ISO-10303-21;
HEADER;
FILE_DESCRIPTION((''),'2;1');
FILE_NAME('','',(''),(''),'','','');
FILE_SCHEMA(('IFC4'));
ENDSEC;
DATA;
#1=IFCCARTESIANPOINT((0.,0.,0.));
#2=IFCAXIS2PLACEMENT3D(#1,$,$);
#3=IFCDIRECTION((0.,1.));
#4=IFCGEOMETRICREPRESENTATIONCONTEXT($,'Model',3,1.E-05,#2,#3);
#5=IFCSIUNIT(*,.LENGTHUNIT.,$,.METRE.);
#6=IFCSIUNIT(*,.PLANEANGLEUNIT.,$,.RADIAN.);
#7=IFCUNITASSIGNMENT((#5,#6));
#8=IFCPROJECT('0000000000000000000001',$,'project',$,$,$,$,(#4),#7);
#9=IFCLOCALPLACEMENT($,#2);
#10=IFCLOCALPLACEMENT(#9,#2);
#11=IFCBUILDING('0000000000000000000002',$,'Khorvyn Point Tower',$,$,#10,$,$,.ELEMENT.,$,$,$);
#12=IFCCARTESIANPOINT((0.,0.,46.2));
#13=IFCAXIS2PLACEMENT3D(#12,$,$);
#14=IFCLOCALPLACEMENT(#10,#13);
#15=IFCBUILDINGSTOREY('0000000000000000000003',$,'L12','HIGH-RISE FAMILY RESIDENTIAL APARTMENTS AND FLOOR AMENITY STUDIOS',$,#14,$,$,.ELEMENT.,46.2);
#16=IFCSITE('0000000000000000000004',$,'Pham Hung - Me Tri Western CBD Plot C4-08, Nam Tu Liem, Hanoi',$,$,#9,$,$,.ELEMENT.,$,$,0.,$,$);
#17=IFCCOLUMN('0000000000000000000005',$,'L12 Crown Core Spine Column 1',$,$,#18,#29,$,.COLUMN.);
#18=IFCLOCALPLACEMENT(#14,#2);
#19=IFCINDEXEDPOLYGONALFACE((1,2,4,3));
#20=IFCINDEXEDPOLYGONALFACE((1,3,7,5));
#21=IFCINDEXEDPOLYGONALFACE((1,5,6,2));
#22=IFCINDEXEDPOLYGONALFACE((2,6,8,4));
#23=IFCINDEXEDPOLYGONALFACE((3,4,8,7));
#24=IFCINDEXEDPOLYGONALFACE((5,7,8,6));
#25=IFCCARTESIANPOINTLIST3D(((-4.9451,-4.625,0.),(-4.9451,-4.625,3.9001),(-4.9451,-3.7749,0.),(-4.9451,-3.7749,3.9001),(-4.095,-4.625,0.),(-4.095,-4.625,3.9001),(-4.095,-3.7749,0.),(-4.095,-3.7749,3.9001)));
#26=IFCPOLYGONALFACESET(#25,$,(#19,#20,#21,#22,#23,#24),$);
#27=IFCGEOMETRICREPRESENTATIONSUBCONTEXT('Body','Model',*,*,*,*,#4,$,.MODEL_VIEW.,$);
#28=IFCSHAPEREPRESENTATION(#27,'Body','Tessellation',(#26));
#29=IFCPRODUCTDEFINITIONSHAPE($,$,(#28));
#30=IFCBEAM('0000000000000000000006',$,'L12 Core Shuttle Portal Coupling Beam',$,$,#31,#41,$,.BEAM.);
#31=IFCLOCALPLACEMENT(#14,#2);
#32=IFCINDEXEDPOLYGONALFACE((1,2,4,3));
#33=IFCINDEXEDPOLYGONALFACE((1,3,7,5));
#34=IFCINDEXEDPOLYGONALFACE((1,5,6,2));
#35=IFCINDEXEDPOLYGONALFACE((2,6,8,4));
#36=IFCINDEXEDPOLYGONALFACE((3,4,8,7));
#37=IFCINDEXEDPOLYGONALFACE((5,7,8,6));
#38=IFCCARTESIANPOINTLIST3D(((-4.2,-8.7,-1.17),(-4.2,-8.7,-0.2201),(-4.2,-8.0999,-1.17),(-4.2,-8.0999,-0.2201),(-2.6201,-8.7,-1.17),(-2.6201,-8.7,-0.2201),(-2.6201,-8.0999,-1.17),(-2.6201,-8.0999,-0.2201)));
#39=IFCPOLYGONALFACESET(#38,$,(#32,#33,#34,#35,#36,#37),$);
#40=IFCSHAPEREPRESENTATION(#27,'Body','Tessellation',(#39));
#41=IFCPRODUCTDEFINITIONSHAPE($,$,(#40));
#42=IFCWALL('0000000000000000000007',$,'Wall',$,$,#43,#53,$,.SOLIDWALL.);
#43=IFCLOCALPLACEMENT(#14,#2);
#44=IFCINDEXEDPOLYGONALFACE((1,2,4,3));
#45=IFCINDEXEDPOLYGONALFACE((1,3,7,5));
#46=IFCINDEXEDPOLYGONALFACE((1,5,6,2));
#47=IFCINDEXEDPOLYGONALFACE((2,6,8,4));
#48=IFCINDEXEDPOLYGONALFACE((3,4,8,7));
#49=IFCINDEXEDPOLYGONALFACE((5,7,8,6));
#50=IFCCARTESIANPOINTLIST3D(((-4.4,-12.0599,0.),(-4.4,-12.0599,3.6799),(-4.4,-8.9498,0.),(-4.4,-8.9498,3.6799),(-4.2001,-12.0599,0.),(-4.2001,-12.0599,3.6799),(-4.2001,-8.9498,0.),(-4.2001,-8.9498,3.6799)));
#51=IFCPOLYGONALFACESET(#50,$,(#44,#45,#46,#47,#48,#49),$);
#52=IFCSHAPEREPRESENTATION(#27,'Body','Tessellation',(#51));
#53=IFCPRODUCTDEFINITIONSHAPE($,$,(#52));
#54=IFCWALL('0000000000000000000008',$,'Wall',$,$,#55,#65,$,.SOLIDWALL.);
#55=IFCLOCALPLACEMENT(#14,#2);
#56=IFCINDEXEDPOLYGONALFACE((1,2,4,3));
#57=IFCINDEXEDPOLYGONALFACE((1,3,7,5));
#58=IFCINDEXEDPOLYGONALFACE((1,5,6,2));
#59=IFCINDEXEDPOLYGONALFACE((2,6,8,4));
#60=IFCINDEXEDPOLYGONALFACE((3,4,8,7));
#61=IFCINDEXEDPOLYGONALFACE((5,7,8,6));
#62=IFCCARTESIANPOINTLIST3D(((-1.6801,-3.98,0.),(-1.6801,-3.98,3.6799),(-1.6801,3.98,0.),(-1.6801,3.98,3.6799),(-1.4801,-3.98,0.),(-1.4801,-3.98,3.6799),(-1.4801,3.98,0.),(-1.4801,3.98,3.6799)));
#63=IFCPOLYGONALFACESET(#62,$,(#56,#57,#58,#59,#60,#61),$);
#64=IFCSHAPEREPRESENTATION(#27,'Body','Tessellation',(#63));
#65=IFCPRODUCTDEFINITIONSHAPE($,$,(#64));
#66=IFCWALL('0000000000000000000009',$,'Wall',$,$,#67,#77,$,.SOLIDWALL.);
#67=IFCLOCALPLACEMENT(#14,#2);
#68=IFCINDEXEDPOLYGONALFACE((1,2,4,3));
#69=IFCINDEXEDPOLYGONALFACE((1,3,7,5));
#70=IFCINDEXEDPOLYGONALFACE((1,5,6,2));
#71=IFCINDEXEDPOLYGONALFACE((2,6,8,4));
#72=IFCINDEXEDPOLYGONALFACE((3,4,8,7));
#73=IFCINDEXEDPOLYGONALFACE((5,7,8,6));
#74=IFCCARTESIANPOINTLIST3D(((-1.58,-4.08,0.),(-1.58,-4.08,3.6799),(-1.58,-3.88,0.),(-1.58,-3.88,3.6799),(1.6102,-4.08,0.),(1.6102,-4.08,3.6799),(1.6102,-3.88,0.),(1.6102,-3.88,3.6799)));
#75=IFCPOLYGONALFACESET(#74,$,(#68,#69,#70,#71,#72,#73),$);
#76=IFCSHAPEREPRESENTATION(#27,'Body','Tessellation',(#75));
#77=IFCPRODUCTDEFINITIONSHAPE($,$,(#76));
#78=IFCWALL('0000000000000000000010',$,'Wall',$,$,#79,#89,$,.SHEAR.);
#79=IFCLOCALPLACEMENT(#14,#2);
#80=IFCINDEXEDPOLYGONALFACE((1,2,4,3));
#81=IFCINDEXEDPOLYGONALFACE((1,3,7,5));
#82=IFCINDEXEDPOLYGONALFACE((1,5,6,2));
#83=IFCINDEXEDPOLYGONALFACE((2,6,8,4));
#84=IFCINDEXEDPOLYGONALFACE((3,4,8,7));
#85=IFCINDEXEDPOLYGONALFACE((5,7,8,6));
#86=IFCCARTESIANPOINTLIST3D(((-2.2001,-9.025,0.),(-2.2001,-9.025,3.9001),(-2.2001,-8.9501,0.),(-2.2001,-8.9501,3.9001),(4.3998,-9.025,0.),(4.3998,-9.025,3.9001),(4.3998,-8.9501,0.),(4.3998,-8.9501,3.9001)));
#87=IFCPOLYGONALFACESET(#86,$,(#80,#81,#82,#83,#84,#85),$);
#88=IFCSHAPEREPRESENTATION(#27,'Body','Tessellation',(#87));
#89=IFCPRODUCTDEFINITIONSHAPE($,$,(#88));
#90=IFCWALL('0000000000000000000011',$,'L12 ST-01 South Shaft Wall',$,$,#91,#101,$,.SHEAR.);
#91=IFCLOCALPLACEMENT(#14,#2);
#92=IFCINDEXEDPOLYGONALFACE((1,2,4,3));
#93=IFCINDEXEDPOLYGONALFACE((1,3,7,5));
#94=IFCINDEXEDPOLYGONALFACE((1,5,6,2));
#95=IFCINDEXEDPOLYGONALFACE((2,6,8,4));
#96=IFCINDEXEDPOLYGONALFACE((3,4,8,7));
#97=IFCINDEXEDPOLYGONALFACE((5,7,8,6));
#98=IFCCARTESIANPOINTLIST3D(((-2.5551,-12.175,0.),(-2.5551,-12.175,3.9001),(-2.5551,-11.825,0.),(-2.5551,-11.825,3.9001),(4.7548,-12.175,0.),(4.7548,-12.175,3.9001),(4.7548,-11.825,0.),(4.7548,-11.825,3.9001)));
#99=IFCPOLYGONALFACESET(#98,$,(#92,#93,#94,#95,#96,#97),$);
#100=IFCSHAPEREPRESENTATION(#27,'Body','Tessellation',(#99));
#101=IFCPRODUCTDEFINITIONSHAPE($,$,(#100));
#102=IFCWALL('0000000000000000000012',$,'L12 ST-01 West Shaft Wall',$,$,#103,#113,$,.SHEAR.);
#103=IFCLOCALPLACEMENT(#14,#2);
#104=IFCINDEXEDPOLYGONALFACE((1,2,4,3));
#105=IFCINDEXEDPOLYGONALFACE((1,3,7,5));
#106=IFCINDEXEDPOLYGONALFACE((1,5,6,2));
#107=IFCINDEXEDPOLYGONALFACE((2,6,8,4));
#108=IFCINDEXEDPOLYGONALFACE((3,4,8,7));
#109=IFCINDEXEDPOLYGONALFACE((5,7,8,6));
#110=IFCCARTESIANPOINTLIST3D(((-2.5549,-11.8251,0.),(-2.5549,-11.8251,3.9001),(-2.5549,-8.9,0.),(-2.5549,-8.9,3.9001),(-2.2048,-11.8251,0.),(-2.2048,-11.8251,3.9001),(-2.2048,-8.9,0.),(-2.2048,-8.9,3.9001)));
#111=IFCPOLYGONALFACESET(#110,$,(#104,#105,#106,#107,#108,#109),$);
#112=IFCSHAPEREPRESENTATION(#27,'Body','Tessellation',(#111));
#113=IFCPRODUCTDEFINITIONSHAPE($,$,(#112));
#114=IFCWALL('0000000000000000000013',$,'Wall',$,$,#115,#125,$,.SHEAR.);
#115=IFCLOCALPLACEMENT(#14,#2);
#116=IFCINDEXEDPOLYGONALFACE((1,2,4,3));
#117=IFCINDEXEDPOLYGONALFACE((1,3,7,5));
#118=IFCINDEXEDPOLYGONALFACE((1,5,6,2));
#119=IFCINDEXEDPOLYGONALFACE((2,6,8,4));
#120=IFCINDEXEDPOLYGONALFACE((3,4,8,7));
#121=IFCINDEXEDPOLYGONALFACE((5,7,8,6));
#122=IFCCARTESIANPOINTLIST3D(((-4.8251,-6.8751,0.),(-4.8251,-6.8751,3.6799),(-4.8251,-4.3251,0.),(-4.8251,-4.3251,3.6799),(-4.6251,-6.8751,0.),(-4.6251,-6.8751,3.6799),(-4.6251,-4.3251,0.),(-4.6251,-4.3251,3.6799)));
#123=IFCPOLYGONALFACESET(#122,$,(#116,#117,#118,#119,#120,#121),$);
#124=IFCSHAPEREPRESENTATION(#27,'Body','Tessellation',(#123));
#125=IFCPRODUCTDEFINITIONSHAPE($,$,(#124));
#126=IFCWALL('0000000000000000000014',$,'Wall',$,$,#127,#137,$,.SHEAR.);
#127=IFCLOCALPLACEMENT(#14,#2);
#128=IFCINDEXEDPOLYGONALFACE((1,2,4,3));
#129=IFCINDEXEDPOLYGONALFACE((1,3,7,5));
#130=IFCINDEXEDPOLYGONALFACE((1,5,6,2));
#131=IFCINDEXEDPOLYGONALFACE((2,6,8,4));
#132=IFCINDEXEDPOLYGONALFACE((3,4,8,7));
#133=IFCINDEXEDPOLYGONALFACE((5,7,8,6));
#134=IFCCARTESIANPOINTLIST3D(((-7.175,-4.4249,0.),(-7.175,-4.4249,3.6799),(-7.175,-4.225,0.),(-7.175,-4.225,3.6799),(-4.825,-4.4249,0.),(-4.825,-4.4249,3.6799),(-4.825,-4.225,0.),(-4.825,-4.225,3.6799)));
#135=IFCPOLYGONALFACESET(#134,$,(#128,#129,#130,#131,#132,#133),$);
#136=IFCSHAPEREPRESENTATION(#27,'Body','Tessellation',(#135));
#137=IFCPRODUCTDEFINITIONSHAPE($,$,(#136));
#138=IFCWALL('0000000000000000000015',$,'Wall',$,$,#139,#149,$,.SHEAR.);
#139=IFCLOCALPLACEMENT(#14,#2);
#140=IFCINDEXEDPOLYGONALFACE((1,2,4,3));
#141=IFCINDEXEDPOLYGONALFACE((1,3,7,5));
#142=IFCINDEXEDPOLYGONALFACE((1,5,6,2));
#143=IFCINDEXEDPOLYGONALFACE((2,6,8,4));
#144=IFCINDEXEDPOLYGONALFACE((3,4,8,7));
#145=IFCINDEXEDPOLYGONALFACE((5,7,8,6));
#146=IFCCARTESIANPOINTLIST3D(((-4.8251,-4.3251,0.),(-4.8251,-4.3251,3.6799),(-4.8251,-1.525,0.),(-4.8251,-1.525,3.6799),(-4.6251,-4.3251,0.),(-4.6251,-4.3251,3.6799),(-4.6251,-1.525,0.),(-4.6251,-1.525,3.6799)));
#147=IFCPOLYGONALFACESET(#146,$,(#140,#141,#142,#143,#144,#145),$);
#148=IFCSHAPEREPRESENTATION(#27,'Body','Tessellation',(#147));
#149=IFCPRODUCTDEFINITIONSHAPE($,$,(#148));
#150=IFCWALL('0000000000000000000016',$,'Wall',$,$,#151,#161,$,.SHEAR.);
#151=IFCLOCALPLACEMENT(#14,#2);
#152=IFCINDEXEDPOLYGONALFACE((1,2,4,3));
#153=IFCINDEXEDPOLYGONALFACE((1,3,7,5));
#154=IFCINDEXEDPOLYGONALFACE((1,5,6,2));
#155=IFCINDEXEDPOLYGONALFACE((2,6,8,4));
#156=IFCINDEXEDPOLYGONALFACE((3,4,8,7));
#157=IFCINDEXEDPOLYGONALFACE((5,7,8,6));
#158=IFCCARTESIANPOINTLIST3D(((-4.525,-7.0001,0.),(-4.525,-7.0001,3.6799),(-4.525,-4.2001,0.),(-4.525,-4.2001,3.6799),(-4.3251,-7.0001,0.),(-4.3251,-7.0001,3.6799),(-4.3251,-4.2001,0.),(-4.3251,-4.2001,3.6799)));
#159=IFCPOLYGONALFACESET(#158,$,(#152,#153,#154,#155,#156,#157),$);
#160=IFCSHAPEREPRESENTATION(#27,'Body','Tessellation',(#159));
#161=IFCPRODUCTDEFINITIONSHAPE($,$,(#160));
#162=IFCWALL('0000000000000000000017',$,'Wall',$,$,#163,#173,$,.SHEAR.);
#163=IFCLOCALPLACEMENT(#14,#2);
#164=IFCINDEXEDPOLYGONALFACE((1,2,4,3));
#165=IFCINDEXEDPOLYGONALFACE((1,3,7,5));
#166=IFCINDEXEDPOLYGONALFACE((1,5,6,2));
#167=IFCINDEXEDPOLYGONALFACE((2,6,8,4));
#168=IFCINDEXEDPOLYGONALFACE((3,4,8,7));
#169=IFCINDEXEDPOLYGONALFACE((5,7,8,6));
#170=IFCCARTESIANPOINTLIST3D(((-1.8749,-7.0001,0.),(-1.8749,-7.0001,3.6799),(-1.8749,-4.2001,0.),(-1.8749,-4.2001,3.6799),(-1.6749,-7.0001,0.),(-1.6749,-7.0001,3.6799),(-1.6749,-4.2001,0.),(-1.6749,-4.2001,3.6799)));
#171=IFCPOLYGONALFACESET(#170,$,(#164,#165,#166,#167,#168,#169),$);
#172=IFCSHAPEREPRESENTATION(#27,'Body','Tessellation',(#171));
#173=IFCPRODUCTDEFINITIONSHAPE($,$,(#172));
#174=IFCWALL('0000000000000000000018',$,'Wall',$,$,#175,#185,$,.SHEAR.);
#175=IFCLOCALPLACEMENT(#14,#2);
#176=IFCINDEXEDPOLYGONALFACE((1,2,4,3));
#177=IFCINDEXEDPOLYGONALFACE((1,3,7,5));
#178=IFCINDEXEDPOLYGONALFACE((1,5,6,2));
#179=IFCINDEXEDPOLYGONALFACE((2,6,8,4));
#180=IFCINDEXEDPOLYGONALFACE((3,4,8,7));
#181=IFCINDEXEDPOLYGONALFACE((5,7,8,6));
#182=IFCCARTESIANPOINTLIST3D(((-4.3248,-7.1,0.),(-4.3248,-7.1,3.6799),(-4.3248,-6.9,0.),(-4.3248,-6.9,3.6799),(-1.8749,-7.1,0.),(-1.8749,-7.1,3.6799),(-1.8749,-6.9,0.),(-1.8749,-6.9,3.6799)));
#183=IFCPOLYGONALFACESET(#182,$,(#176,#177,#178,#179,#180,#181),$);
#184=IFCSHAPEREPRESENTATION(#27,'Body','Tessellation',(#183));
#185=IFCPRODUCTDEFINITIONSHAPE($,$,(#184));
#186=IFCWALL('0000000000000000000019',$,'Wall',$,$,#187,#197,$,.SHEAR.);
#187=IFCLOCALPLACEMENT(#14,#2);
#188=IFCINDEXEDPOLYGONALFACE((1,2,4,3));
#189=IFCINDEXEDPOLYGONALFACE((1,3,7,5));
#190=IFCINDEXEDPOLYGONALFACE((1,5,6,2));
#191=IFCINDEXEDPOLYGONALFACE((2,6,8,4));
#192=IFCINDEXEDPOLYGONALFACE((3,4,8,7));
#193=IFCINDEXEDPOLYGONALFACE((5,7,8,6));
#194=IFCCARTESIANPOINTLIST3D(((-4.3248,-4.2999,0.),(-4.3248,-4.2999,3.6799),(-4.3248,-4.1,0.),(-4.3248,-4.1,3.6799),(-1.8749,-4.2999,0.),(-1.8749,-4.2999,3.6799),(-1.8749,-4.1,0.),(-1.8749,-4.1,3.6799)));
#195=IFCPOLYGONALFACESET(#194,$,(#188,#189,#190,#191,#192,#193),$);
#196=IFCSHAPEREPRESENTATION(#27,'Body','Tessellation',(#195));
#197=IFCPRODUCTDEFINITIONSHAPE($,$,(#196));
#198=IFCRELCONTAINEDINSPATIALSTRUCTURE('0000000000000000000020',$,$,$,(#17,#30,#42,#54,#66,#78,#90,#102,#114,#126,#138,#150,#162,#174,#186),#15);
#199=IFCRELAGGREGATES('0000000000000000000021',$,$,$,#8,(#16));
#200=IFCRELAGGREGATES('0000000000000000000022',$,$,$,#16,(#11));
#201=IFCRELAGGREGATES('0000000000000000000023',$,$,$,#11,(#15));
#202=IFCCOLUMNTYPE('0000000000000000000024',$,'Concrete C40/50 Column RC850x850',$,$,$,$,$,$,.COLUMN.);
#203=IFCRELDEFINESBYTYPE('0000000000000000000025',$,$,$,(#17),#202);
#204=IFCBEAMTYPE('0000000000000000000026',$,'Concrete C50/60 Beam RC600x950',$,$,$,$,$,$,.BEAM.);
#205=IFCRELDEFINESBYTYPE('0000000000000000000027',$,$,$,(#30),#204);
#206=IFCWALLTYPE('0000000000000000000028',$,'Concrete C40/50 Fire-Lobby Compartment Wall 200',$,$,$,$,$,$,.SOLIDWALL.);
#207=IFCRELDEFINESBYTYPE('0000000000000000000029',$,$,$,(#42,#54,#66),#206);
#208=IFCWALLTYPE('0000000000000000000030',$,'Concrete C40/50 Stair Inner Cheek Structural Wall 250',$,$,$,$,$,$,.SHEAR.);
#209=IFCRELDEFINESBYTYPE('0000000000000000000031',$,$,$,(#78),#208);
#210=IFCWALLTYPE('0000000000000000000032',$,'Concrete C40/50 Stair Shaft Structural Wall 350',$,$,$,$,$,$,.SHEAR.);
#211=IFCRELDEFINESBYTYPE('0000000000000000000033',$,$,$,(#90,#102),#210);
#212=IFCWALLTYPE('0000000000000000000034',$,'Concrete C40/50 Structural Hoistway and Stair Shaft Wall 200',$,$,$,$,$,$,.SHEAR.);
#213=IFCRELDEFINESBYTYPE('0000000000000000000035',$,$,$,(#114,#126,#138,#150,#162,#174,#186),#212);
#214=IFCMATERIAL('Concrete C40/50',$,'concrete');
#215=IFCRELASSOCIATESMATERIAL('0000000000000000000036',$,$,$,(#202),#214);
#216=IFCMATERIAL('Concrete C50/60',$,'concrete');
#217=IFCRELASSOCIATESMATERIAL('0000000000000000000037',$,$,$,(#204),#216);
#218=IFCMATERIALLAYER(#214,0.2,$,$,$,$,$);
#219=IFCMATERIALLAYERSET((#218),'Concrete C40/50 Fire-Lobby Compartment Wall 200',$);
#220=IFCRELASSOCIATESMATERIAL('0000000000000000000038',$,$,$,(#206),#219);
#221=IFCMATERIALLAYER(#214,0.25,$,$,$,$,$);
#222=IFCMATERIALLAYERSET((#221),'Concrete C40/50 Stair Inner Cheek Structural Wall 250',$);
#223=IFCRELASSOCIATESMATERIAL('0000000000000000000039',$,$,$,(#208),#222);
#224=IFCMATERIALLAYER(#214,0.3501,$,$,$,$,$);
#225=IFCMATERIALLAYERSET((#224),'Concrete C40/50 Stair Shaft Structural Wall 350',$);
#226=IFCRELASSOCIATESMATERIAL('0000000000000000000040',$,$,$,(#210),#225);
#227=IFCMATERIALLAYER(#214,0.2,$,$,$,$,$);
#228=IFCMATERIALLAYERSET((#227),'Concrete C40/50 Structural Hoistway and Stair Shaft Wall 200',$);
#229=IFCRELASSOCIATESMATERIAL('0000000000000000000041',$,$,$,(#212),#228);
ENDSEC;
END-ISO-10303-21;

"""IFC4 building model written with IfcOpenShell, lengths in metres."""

from ifc_helpers import new_model, si_unit, direction, frame, frame_2d, origin, origin_2d, place, context, subcontext, project, spatial, rectangle, extrude, material, layer, layer_set, material_profile, profile_set, type_object, element, save


model = new_model("IFC4")

# Units and contexts
model_context = context("Model", 3, precision=1e-05, world=origin(), true_north=direction((0.0, 1.0)))
body_context = subcontext(model_context, "Body", "Model", "MODEL_VIEW")
ifc_project = project(units=[si_unit("LENGTHUNIT", "METRE"), si_unit("PLANEANGLEUNIT", "RADIAN")], contexts=[model_context])

# Site, building, storey
site_placement = place(None, origin())
site = spatial("IfcSite", under=ifc_project, at=site_placement, Name="Pham Hung - Me Tri Western CBD Plot C4-08, Nam Tu Liem, Hanoi", CompositionType="ELEMENT", RefElevation=0.0)
building_placement = place(site_placement, origin())
building = spatial("IfcBuilding", under=site, at=building_placement, Name="Khorvyn Point Tower", CompositionType="ELEMENT")
storey_placement = place(building_placement, frame((0.0, 0.0, 46.2)))
storey = spatial("IfcBuildingStorey", under=building, at=storey_placement, Name="L12", Description="HIGH-RISE FAMILY RESIDENTIAL APARTMENTS AND FLOOR AMENITY STUDIOS", CompositionType="ELEMENT", Elevation=46.2)

# Column
ifc_material_1 = material(Name="Concrete C40/50", Category="concrete")
ifc_material_profile_1 = material_profile(ifc_material_1, rectangle(XDim=0.8501, YDim=0.8501, at=origin_2d()))
ifc_profile_set_1 = profile_set([ifc_material_profile_1], Name="Concrete C40/50 RC850x850")
column_type = type_object("IfcColumnType", Name="Concrete C40/50 Column RC850x850", PredefinedType="COLUMN", material=ifc_profile_set_1)
column_placement = place(storey_placement, frame((-4.52, -4.2, 0.0), z_axis=(0.0, 0.0, 1.0), x_axis=(1.0, 0.0, 0.0)))
element("IfcColumn", 1, at=column_placement, inside=storey, type_object=column_type, Name="L12 Crown Core Spine Column 1", PredefinedType="COLUMN", context=body_context, shape_type="SweptSolid", body=[
    extrude(rectangle(XDim=0.8501, YDim=0.8501, at=origin_2d()), origin(), (0.0, 0.0, 1.0), 3.9001),
])

# Beam
ifc_material_2 = material(Name="Concrete C50/60", Category="concrete")
ifc_material_profile_2 = material_profile(ifc_material_2, rectangle(XDim=0.6001, YDim=0.95, at=origin_2d()))
ifc_profile_set_2 = profile_set([ifc_material_profile_2], Name="Concrete C50/60 RC600x950")
beam_type = type_object("IfcBeamType", Name="Concrete C50/60 Beam RC600x950", PredefinedType="BEAM", material=ifc_profile_set_2)
beam_placement = place(storey_placement, frame((-4.2, -8.3999, -0.6951), z_axis=(1.0, 0.0, 0.0), x_axis=(0.0, 1.0, 0.0)))
element("IfcBeam", 2, at=beam_placement, inside=storey, type_object=beam_type, Name="L12 Core Shuttle Portal Coupling Beam", PredefinedType="BEAM", context=body_context, shape_type="SweptSolid", body=[
    extrude(rectangle(XDim=0.6001, YDim=0.95, at=origin_2d()), origin(), (0.0, 0.0, 1.0), 1.5798),
])

# Shared definitions
ifc_layer_1 = layer(ifc_material_1, 0.2)
ifc_layer_set_1 = layer_set([ifc_layer_1], Name="Concrete C40/50 Fire-Lobby Compartment Wall 200")
wall_type_1 = type_object("IfcWallType", Name="Concrete C40/50 Fire-Lobby Compartment Wall 200", PredefinedType="SOLIDWALL", material=ifc_layer_set_1)

# Walls
wall_1_placement = place(storey_placement, frame((-4.3, -12.0601, 0.0), z_axis=(0.0, 0.0, 1.0), x_axis=(0.0, 1.0, 0.0)))
element("IfcWall", 3, at=wall_1_placement, inside=storey, type_object=wall_type_1, Name="Wall", PredefinedType="SOLIDWALL", context=body_context, shape_type="SweptSolid", body=[
    extrude(rectangle(XDim=3.1101, YDim=0.2, at=frame_2d((1.5552, 0.0))), origin(), (0.0, 0.0, 1.0), 3.6799),
])
wall_2_placement = place(storey_placement, frame((-1.5801, -3.98, 0.0), z_axis=(0.0, 0.0, 1.0), x_axis=(0.0, 1.0, 0.0)))
element("IfcWall", 4, at=wall_2_placement, inside=storey, type_object=wall_type_1, Name="Wall", PredefinedType="SOLIDWALL", context=body_context, shape_type="SweptSolid", body=[
    extrude(rectangle(XDim=7.96, YDim=0.2, at=frame_2d((3.98, 0.0))), origin(), (0.0, 0.0, 1.0), 3.6799),
])
wall_3_placement = place(storey_placement, frame((-1.5801, -3.98, 0.0), z_axis=(0.0, 0.0, 1.0), x_axis=(1.0, 0.0, 0.0)))
element("IfcWall", 5, at=wall_3_placement, inside=storey, type_object=wall_type_1, Name="Wall", PredefinedType="SOLIDWALL", context=body_context, shape_type="SweptSolid", body=[
    extrude(rectangle(XDim=3.1902, YDim=0.2, at=frame_2d((1.5952, 0.0))), origin(), (0.0, 0.0, 1.0), 3.6799),
])
ifc_layer_2 = layer(ifc_material_1, 0.25)
ifc_layer_set_2 = layer_set([ifc_layer_2], Name="Concrete C40/50 Stair Inner Cheek Structural Wall 250")
wall_type_2 = type_object("IfcWallType", Name="Concrete C40/50 Stair Inner Cheek Structural Wall 250", PredefinedType="SHEAR", material=ifc_layer_set_2)
wall_4_placement = place(storey_placement, frame((-2.2, -8.9875, 0.0), z_axis=(0.0, 0.0, 1.0), x_axis=(1.0, 0.0, 0.0)))
element("IfcWall", 6, at=wall_4_placement, inside=storey, type_object=wall_type_2, Name="Wall", PredefinedType="SHEAR", context=body_context, shape_type="SweptSolid", body=[
    extrude(rectangle(XDim=6.5999, YDim=0.075, at=frame_2d((3.2998, 0.0))), origin(), (0.0, 0.0, 1.0), 3.9001),
])
ifc_layer_3 = layer(ifc_material_1, 0.3501)
ifc_layer_set_3 = layer_set([ifc_layer_3], Name="Concrete C40/50 Stair Shaft Structural Wall 350")
wall_type_3 = type_object("IfcWallType", Name="Concrete C40/50 Stair Shaft Structural Wall 350", PredefinedType="SHEAR", material=ifc_layer_set_3)
wall_5_placement = place(storey_placement, frame((-2.5549, -12.0, 0.0), z_axis=(0.0, 0.0, 1.0), x_axis=(1.0, 0.0, 0.0)))
element("IfcWall", 7, at=wall_5_placement, inside=storey, type_object=wall_type_3, Name="L12 ST-01 South Shaft Wall", PredefinedType="SHEAR", context=body_context, shape_type="SweptSolid", body=[
    extrude(rectangle(XDim=7.3098, YDim=0.3501, at=frame_2d((3.6548, 0.0))), origin(), (0.0, 0.0, 1.0), 3.9001),
])
wall_6_placement = place(storey_placement, frame((-2.3799, -11.825, 0.0), z_axis=(0.0, 0.0, 1.0), x_axis=(0.0, 1.0, 0.0)))
element("IfcWall", 8, at=wall_6_placement, inside=storey, type_object=wall_type_3, Name="L12 ST-01 West Shaft Wall", PredefinedType="SHEAR", context=body_context, shape_type="SweptSolid", body=[
    extrude(rectangle(XDim=2.925, YDim=0.3501, at=frame_2d((1.4624, 0.0))), origin(), (0.0, 0.0, 1.0), 3.9001),
])
ifc_layer_4 = layer(ifc_material_1, 0.2)
ifc_layer_set_4 = layer_set([ifc_layer_4], Name="Concrete C40/50 Structural Hoistway and Stair Shaft Wall 200")
wall_type_4 = type_object("IfcWallType", Name="Concrete C40/50 Structural Hoistway and Stair Shaft Wall 200", PredefinedType="SHEAR", material=ifc_layer_set_4)
wall_7_placement = place(storey_placement, frame((-4.7251, -6.875, 0.0), z_axis=(0.0, 0.0, 1.0), x_axis=(0.0, 1.0, 0.0)))
element("IfcWall", 9, at=wall_7_placement, inside=storey, type_object=wall_type_4, Name="Wall", PredefinedType="SHEAR", context=body_context, shape_type="SweptSolid", body=[
    extrude(rectangle(XDim=2.55, YDim=0.2, at=frame_2d((1.2749, 0.0))), origin(), (0.0, 0.0, 1.0), 3.6799),
])
wall_8_placement = place(storey_placement, frame((-7.175, -4.325, 0.0), z_axis=(0.0, 0.0, 1.0), x_axis=(1.0, 0.0, 0.0)))
element("IfcWall", 10, at=wall_8_placement, inside=storey, type_object=wall_type_4, Name="Wall", PredefinedType="SHEAR", context=body_context, shape_type="SweptSolid", body=[
    extrude(rectangle(XDim=2.3501, YDim=0.2, at=frame_2d((1.175, 0.0))), origin(), (0.0, 0.0, 1.0), 3.6799),
])
for number, where, z_axis, x_axis, name in (
    (11, (-4.7251, -4.325, 0.0), (0.0, 0.0, 1.0), (0.0, 1.0, 0.0), "Wall"),
    (12, (-4.425, -7.0, 0.0), (0.0, 0.0, 1.0), (0.0, 1.0, 0.0), "Wall"),
    (13, (-1.7749, -7.0, 0.0), (0.0, 0.0, 1.0), (0.0, 1.0, 0.0), "Wall"),
):
    element("IfcWall", number, at=place(storey_placement, frame(where, z_axis=z_axis, x_axis=x_axis)), inside=storey, type_object=wall_type_4, Name=name, PredefinedType="SHEAR", context=body_context, shape_type="SweptSolid", body=[
        extrude(rectangle(XDim=2.8, YDim=0.2, at=frame_2d((1.3999, 0.0))), origin(), (0.0, 0.0, 1.0), 3.6799),
    ])
for number, where, z_axis, x_axis, name in (
    (14, (-4.325, -7.0, 0.0), (0.0, 0.0, 1.0), (1.0, 0.0, 0.0), "Wall"),
    (15, (-4.325, -4.2, 0.0), (0.0, 0.0, 1.0), (1.0, 0.0, 0.0), "Wall"),
):
    element("IfcWall", number, at=place(storey_placement, frame(where, z_axis=z_axis, x_axis=x_axis)), inside=storey, type_object=wall_type_4, Name=name, PredefinedType="SHEAR", context=body_context, shape_type="SweptSolid", body=[
        extrude(rectangle(XDim=2.45, YDim=0.2, at=frame_2d((1.2251, 0.0))), origin(), (0.0, 0.0, 1.0), 3.6799),
    ])

save(model, "model.ifc")
